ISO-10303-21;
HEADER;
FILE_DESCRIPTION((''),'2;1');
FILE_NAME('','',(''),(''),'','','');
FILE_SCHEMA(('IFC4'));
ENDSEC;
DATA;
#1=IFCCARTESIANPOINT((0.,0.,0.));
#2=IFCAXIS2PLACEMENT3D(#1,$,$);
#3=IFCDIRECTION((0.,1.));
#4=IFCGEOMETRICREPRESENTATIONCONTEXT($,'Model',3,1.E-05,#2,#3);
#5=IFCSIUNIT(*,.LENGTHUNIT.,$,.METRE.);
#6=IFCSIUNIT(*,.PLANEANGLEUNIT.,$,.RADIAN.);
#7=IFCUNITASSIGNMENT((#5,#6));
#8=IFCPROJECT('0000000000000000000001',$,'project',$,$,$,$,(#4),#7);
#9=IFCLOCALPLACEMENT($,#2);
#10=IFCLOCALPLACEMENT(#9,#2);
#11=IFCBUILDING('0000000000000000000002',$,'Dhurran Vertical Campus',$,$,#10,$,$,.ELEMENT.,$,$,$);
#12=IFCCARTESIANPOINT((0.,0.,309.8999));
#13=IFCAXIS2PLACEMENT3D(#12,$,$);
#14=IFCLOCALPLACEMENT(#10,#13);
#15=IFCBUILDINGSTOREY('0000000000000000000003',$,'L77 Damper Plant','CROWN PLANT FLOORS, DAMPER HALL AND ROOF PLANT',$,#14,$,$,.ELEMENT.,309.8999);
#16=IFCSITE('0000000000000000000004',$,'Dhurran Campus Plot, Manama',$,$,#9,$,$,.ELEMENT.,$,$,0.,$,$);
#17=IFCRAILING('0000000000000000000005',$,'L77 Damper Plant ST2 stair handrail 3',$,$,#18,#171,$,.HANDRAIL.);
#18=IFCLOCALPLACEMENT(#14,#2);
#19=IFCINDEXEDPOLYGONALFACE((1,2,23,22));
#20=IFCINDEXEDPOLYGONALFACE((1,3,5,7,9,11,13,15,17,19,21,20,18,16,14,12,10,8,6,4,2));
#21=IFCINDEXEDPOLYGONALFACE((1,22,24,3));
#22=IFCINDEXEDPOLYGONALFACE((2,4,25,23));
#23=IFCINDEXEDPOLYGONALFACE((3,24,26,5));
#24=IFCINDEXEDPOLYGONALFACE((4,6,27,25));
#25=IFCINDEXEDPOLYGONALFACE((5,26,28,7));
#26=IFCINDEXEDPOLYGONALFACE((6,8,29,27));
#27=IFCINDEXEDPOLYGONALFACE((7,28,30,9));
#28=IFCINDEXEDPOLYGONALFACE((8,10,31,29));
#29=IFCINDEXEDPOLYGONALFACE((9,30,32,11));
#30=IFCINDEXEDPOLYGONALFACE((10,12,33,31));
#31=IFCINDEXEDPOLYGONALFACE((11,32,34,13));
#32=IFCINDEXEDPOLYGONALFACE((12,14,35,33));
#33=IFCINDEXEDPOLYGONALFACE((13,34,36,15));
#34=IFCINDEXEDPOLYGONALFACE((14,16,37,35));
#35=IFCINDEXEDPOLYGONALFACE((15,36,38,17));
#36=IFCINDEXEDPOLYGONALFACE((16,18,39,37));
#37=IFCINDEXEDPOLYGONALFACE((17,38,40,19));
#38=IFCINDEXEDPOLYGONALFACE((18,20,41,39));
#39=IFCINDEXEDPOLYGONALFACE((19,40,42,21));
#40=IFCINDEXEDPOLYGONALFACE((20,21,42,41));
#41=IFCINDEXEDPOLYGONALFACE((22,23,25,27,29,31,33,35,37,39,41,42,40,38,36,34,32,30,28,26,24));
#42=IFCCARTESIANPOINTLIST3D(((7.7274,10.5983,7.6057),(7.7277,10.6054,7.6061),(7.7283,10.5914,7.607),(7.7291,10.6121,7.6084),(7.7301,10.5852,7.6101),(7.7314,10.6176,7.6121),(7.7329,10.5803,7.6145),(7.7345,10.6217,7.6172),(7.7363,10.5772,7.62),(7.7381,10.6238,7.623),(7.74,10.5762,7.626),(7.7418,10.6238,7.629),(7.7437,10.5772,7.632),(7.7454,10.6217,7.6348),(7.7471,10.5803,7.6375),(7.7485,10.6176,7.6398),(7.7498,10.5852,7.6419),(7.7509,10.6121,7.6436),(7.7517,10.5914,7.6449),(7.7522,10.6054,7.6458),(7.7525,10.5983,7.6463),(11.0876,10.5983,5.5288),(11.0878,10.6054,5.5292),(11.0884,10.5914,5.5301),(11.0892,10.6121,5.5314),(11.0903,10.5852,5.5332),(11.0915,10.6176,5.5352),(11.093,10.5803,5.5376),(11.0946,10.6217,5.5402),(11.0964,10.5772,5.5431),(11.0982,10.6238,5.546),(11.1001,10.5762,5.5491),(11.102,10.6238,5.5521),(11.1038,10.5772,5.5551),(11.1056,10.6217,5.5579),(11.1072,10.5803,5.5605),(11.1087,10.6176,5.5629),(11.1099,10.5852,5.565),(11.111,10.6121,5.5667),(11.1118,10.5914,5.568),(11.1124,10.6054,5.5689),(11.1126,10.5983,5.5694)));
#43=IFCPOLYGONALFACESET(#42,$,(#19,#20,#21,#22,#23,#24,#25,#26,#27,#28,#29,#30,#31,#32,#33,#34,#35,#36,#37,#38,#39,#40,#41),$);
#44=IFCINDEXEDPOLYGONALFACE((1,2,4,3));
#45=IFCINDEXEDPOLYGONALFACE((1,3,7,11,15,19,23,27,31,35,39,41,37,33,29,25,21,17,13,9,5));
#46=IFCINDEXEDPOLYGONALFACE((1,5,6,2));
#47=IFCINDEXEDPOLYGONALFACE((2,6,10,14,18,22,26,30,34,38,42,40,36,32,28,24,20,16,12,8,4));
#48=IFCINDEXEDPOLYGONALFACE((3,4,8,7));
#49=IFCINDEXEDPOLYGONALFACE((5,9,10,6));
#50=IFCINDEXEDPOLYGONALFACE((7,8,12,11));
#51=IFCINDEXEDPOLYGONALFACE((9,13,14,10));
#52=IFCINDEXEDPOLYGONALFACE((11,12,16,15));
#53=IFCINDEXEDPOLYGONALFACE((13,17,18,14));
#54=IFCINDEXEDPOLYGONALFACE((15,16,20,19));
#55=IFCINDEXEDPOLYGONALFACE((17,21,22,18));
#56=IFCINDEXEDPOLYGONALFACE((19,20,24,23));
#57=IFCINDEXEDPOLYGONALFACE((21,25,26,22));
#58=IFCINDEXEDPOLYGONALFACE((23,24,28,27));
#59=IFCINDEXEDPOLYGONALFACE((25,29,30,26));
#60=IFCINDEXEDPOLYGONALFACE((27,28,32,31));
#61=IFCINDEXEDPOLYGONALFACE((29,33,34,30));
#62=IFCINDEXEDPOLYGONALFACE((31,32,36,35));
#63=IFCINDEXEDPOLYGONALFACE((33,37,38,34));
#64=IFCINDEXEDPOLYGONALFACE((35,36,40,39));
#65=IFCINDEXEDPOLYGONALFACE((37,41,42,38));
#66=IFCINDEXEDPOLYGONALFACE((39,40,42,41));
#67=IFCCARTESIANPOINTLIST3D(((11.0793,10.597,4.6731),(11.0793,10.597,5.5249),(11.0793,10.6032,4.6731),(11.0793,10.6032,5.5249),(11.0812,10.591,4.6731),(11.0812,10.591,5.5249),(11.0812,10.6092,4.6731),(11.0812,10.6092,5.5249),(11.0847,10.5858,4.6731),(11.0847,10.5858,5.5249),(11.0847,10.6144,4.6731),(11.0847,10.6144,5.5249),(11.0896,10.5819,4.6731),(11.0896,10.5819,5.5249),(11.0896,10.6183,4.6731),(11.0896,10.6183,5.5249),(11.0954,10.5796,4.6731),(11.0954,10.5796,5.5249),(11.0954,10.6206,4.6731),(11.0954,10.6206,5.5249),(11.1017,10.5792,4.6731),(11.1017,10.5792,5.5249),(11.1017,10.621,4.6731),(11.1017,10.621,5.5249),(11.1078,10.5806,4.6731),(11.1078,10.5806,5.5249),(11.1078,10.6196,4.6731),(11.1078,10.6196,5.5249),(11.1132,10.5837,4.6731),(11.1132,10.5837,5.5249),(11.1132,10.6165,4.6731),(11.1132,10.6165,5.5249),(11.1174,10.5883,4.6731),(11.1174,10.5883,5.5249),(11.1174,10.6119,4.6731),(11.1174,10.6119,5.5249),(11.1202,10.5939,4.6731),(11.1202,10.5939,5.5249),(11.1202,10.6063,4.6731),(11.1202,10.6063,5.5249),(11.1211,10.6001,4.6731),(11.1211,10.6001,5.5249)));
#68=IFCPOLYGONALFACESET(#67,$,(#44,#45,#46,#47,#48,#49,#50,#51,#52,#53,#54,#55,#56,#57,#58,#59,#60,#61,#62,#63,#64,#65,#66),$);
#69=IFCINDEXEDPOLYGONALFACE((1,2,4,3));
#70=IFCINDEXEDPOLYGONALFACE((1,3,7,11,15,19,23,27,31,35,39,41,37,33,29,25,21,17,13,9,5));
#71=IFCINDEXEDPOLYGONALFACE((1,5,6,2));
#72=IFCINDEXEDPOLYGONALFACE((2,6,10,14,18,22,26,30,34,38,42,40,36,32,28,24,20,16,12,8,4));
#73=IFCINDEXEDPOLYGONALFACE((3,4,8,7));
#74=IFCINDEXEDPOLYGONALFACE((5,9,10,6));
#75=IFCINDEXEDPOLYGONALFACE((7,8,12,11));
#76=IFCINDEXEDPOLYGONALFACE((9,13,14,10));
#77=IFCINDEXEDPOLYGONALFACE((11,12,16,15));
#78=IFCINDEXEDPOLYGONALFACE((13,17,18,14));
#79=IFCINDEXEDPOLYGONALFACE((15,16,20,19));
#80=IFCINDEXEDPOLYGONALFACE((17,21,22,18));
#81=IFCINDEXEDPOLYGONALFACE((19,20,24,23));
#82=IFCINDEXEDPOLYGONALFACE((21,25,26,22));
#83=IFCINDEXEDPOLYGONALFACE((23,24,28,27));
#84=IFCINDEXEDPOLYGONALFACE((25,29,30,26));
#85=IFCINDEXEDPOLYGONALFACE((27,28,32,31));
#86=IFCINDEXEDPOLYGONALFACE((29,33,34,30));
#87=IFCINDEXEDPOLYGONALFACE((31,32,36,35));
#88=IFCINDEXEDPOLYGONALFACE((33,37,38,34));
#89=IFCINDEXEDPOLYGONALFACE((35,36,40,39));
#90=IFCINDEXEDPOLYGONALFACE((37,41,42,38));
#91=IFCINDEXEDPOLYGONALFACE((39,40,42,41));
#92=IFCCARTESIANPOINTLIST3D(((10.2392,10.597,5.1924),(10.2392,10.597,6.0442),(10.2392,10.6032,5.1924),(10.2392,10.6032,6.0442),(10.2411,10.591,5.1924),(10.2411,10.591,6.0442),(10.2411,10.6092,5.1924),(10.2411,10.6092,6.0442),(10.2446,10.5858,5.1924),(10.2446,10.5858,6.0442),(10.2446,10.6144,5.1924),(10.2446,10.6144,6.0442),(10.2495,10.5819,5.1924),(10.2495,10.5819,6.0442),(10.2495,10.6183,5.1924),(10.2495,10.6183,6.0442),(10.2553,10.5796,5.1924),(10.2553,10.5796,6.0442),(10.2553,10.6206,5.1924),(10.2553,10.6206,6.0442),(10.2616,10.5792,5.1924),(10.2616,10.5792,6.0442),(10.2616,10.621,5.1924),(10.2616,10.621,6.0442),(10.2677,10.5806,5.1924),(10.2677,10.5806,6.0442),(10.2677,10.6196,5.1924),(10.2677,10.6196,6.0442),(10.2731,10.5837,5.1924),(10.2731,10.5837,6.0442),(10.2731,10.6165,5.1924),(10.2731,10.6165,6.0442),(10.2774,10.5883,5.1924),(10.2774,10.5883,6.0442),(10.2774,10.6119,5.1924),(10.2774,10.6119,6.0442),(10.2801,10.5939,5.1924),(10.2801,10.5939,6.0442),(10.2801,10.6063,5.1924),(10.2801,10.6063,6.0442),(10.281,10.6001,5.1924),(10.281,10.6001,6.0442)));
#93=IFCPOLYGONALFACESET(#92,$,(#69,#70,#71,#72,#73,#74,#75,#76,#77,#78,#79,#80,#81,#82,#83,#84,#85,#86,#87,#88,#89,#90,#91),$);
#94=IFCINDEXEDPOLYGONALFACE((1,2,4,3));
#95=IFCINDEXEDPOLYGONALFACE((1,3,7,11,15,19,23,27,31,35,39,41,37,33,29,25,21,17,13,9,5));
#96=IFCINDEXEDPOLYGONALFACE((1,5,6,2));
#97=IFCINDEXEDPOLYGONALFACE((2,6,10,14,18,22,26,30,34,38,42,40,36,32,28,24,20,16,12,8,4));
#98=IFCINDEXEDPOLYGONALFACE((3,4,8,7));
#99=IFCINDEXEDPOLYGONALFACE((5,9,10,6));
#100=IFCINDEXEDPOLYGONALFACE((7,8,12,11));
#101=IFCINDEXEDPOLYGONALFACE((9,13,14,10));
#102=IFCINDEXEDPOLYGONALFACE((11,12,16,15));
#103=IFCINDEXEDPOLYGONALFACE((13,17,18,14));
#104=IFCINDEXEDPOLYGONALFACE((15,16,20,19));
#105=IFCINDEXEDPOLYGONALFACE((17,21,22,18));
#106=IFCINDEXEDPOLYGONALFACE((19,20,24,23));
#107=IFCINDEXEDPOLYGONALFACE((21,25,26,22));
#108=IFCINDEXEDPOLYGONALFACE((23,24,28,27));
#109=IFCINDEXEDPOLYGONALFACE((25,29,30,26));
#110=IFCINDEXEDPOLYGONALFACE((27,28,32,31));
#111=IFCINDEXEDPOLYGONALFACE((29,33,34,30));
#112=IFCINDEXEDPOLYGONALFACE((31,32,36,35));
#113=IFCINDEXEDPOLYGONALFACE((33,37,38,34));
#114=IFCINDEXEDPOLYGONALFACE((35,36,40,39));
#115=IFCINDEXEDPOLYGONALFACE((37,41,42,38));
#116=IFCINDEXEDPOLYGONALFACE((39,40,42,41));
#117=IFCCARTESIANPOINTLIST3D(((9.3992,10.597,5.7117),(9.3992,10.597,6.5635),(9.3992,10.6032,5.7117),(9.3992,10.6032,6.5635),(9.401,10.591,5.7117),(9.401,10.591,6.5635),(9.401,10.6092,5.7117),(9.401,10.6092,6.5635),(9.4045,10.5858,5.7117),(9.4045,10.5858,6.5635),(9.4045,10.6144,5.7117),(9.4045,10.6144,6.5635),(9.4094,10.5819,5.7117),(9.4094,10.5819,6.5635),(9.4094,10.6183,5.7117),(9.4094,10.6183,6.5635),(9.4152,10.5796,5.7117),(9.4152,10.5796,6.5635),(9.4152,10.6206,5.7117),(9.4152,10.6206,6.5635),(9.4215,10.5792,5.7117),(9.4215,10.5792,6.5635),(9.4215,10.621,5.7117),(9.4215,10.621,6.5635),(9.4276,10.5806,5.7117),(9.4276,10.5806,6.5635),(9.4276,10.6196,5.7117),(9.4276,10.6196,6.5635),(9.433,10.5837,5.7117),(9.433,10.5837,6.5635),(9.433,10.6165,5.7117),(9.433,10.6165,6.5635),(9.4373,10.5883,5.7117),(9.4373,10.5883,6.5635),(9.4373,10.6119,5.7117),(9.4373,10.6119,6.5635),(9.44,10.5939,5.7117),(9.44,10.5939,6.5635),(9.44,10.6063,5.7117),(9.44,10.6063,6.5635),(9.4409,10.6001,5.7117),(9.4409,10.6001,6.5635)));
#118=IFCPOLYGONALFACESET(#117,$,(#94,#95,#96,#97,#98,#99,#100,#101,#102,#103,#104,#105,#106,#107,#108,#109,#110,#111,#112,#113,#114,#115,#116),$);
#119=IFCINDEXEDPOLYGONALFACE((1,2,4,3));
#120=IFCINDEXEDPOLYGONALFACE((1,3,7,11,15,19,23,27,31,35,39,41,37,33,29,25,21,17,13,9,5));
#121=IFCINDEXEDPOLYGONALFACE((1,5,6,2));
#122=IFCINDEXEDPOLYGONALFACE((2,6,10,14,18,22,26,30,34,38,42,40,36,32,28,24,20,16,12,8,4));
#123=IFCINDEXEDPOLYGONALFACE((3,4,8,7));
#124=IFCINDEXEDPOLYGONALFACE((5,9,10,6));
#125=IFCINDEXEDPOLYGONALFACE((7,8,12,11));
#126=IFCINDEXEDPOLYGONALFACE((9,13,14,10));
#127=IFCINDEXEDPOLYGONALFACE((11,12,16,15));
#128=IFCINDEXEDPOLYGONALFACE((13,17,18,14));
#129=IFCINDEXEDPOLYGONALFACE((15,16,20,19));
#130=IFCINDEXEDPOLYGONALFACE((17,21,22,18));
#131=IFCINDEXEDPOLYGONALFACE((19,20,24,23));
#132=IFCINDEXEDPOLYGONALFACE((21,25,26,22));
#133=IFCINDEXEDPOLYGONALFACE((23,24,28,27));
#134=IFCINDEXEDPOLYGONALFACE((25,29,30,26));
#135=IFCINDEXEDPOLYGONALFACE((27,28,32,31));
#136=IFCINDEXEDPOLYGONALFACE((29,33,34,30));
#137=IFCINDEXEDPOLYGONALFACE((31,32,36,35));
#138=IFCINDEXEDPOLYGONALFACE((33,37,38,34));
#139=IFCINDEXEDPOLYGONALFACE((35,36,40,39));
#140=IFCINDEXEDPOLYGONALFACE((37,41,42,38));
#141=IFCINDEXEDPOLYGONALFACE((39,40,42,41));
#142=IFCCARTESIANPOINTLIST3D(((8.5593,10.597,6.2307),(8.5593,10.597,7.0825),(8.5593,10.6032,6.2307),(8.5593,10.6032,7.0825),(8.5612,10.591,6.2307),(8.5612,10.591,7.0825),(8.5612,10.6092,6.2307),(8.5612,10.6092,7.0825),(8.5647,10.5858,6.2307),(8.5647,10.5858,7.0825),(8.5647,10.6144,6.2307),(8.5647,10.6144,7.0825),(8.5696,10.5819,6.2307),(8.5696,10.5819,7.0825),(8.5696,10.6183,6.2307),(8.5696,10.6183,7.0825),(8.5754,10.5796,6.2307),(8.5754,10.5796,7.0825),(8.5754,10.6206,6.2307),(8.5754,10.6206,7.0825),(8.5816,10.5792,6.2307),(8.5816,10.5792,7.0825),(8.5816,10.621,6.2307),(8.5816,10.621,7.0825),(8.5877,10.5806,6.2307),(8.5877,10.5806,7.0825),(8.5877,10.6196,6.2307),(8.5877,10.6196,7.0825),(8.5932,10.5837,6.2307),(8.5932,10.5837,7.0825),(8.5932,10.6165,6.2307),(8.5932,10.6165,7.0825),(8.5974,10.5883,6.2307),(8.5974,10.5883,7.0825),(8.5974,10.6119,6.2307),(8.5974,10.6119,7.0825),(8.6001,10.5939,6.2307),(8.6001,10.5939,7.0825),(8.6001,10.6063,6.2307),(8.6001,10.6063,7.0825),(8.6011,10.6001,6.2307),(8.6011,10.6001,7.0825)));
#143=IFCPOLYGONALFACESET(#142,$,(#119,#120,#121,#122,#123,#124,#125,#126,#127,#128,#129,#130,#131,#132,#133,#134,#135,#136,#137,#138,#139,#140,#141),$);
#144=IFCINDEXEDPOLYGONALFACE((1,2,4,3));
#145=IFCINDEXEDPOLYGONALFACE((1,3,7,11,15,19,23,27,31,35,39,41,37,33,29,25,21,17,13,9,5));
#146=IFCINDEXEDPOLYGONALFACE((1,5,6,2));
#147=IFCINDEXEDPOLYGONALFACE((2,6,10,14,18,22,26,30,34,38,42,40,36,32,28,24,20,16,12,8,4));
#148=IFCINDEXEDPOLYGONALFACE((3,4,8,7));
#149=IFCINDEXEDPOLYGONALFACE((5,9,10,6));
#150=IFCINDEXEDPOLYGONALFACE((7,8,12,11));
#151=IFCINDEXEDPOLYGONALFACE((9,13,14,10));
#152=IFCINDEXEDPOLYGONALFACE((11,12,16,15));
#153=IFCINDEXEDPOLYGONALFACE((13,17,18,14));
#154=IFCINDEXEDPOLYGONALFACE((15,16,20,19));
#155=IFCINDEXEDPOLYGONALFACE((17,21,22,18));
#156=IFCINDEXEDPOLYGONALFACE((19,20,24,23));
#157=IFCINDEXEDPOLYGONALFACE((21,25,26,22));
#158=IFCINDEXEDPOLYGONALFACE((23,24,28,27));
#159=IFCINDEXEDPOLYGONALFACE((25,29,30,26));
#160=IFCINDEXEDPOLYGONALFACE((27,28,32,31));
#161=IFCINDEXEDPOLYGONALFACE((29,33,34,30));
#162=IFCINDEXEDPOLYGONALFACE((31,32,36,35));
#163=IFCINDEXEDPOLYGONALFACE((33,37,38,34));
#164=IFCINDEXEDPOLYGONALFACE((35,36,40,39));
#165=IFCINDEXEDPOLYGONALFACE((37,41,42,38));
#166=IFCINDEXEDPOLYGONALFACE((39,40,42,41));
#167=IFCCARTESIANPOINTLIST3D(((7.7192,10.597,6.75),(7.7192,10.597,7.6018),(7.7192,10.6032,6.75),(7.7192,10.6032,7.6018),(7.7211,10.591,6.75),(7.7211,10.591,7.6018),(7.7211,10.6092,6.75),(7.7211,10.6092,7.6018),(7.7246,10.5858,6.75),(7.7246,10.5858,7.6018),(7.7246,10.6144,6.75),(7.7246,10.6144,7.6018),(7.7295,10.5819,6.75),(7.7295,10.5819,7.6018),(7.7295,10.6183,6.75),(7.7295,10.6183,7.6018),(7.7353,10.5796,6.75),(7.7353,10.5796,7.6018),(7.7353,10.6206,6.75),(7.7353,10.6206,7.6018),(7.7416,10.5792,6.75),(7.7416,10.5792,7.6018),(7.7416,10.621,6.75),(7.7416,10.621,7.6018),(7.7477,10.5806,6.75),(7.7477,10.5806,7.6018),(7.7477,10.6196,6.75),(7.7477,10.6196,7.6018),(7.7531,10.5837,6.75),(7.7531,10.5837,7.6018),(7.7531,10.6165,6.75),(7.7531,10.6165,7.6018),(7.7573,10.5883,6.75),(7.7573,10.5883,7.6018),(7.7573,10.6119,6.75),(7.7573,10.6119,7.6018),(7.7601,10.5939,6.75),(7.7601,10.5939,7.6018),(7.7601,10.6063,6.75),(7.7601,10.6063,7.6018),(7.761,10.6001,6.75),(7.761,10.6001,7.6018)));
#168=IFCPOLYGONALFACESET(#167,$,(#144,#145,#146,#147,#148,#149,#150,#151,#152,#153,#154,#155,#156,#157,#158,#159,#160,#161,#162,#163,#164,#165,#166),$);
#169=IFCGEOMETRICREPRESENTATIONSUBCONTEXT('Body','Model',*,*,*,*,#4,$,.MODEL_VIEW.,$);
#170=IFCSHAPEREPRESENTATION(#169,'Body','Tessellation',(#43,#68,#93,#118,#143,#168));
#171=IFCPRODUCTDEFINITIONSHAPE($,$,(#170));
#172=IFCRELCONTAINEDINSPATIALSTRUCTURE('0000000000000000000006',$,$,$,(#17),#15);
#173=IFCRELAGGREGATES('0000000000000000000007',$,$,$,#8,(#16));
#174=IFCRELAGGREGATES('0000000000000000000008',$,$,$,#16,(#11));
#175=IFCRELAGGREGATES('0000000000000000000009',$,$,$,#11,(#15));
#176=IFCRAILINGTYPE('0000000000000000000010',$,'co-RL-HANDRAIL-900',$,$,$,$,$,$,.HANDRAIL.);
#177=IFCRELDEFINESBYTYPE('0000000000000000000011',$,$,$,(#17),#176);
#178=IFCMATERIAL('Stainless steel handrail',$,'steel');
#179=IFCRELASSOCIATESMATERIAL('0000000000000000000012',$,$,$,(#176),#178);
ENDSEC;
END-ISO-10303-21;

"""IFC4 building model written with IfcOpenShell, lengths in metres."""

from ifc_helpers import new_model, si_unit, direction, frame, origin, origin_2d, place, context, subcontext, project, spatial, circle, extrude, material, type_object, element, save


model = new_model("IFC4")

# Units and contexts
model_context = context("Model", 3, precision=1e-05, world=origin(), true_north=direction((0.0, 1.0)))
body_context = subcontext(model_context, "Body", "Model", "MODEL_VIEW")
ifc_project = project(units=[si_unit("LENGTHUNIT", "METRE"), si_unit("PLANEANGLEUNIT", "RADIAN")], contexts=[model_context])

# Site, building, storey
site_placement = place(None, origin())
site = spatial("IfcSite", under=ifc_project, at=site_placement, Name="Dhurran Campus Plot, Manama", CompositionType="ELEMENT", RefElevation=0.0)
building_placement = place(site_placement, origin())
building = spatial("IfcBuilding", under=site, at=building_placement, Name="Dhurran Vertical Campus", CompositionType="ELEMENT")
storey_placement = place(building_placement, frame((0.0, 0.0, 309.8999)))
storey = spatial("IfcBuildingStorey", under=building, at=storey_placement, Name="L77 Damper Plant", Description="CROWN PLANT FLOORS, DAMPER HALL AND ROOF PLANT", CompositionType="ELEMENT", Elevation=309.8999)

# Railing
ifc_material_1 = material(Name="Stainless steel handrail", Category="steel")
railing_type_1 = type_object("IfcRailingType", Name="co-RL-HANDRAIL-900", PredefinedType="HANDRAIL", material=ifc_material_1)
for number, where, name in (
    (1, (11.1001, 10.6001, 4.6731), "L77 Damper Plant ST2 stair handrail 3"),
):
    element("IfcRailing", number, at=place(storey_placement, frame(where)), inside=storey, type_object=railing_type_1, Name=name, PredefinedType="HANDRAIL", context=body_context, shape_type="SweptSolid", body=[
        extrude(circle(Radius=0.0239, at=origin_2d()), frame((0.0, 0.0, 0.876), z_axis=(-0.850623, 0.0, 0.525776), x_axis=(0.0, -1.0, 0.0)), (0.0, 0.0, 1.0), 3.9502),
        extrude(circle(Radius=0.021, at=origin_2d()), origin(), (0.0, 0.0, 1.0), 0.8518),
        extrude(circle(Radius=0.021, at=origin_2d()), frame((-0.8401, 0.0, 0.5193)), (0.0, 0.0, 1.0), 0.8518),
        extrude(circle(Radius=0.021, at=origin_2d()), frame((-1.6802, 0.0, 1.0386)), (0.0, 0.0, 1.0), 0.8518),
        extrude(circle(Radius=0.021, at=origin_2d()), frame((-2.52, 0.0, 1.5576)), (0.0, 0.0, 1.0), 0.8518),
        extrude(circle(Radius=0.021, at=origin_2d()), frame((-3.3601, 0.0, 2.0769)), (0.0, 0.0, 1.0), 0.8518),
    ])

save(model, "model.ifc")
